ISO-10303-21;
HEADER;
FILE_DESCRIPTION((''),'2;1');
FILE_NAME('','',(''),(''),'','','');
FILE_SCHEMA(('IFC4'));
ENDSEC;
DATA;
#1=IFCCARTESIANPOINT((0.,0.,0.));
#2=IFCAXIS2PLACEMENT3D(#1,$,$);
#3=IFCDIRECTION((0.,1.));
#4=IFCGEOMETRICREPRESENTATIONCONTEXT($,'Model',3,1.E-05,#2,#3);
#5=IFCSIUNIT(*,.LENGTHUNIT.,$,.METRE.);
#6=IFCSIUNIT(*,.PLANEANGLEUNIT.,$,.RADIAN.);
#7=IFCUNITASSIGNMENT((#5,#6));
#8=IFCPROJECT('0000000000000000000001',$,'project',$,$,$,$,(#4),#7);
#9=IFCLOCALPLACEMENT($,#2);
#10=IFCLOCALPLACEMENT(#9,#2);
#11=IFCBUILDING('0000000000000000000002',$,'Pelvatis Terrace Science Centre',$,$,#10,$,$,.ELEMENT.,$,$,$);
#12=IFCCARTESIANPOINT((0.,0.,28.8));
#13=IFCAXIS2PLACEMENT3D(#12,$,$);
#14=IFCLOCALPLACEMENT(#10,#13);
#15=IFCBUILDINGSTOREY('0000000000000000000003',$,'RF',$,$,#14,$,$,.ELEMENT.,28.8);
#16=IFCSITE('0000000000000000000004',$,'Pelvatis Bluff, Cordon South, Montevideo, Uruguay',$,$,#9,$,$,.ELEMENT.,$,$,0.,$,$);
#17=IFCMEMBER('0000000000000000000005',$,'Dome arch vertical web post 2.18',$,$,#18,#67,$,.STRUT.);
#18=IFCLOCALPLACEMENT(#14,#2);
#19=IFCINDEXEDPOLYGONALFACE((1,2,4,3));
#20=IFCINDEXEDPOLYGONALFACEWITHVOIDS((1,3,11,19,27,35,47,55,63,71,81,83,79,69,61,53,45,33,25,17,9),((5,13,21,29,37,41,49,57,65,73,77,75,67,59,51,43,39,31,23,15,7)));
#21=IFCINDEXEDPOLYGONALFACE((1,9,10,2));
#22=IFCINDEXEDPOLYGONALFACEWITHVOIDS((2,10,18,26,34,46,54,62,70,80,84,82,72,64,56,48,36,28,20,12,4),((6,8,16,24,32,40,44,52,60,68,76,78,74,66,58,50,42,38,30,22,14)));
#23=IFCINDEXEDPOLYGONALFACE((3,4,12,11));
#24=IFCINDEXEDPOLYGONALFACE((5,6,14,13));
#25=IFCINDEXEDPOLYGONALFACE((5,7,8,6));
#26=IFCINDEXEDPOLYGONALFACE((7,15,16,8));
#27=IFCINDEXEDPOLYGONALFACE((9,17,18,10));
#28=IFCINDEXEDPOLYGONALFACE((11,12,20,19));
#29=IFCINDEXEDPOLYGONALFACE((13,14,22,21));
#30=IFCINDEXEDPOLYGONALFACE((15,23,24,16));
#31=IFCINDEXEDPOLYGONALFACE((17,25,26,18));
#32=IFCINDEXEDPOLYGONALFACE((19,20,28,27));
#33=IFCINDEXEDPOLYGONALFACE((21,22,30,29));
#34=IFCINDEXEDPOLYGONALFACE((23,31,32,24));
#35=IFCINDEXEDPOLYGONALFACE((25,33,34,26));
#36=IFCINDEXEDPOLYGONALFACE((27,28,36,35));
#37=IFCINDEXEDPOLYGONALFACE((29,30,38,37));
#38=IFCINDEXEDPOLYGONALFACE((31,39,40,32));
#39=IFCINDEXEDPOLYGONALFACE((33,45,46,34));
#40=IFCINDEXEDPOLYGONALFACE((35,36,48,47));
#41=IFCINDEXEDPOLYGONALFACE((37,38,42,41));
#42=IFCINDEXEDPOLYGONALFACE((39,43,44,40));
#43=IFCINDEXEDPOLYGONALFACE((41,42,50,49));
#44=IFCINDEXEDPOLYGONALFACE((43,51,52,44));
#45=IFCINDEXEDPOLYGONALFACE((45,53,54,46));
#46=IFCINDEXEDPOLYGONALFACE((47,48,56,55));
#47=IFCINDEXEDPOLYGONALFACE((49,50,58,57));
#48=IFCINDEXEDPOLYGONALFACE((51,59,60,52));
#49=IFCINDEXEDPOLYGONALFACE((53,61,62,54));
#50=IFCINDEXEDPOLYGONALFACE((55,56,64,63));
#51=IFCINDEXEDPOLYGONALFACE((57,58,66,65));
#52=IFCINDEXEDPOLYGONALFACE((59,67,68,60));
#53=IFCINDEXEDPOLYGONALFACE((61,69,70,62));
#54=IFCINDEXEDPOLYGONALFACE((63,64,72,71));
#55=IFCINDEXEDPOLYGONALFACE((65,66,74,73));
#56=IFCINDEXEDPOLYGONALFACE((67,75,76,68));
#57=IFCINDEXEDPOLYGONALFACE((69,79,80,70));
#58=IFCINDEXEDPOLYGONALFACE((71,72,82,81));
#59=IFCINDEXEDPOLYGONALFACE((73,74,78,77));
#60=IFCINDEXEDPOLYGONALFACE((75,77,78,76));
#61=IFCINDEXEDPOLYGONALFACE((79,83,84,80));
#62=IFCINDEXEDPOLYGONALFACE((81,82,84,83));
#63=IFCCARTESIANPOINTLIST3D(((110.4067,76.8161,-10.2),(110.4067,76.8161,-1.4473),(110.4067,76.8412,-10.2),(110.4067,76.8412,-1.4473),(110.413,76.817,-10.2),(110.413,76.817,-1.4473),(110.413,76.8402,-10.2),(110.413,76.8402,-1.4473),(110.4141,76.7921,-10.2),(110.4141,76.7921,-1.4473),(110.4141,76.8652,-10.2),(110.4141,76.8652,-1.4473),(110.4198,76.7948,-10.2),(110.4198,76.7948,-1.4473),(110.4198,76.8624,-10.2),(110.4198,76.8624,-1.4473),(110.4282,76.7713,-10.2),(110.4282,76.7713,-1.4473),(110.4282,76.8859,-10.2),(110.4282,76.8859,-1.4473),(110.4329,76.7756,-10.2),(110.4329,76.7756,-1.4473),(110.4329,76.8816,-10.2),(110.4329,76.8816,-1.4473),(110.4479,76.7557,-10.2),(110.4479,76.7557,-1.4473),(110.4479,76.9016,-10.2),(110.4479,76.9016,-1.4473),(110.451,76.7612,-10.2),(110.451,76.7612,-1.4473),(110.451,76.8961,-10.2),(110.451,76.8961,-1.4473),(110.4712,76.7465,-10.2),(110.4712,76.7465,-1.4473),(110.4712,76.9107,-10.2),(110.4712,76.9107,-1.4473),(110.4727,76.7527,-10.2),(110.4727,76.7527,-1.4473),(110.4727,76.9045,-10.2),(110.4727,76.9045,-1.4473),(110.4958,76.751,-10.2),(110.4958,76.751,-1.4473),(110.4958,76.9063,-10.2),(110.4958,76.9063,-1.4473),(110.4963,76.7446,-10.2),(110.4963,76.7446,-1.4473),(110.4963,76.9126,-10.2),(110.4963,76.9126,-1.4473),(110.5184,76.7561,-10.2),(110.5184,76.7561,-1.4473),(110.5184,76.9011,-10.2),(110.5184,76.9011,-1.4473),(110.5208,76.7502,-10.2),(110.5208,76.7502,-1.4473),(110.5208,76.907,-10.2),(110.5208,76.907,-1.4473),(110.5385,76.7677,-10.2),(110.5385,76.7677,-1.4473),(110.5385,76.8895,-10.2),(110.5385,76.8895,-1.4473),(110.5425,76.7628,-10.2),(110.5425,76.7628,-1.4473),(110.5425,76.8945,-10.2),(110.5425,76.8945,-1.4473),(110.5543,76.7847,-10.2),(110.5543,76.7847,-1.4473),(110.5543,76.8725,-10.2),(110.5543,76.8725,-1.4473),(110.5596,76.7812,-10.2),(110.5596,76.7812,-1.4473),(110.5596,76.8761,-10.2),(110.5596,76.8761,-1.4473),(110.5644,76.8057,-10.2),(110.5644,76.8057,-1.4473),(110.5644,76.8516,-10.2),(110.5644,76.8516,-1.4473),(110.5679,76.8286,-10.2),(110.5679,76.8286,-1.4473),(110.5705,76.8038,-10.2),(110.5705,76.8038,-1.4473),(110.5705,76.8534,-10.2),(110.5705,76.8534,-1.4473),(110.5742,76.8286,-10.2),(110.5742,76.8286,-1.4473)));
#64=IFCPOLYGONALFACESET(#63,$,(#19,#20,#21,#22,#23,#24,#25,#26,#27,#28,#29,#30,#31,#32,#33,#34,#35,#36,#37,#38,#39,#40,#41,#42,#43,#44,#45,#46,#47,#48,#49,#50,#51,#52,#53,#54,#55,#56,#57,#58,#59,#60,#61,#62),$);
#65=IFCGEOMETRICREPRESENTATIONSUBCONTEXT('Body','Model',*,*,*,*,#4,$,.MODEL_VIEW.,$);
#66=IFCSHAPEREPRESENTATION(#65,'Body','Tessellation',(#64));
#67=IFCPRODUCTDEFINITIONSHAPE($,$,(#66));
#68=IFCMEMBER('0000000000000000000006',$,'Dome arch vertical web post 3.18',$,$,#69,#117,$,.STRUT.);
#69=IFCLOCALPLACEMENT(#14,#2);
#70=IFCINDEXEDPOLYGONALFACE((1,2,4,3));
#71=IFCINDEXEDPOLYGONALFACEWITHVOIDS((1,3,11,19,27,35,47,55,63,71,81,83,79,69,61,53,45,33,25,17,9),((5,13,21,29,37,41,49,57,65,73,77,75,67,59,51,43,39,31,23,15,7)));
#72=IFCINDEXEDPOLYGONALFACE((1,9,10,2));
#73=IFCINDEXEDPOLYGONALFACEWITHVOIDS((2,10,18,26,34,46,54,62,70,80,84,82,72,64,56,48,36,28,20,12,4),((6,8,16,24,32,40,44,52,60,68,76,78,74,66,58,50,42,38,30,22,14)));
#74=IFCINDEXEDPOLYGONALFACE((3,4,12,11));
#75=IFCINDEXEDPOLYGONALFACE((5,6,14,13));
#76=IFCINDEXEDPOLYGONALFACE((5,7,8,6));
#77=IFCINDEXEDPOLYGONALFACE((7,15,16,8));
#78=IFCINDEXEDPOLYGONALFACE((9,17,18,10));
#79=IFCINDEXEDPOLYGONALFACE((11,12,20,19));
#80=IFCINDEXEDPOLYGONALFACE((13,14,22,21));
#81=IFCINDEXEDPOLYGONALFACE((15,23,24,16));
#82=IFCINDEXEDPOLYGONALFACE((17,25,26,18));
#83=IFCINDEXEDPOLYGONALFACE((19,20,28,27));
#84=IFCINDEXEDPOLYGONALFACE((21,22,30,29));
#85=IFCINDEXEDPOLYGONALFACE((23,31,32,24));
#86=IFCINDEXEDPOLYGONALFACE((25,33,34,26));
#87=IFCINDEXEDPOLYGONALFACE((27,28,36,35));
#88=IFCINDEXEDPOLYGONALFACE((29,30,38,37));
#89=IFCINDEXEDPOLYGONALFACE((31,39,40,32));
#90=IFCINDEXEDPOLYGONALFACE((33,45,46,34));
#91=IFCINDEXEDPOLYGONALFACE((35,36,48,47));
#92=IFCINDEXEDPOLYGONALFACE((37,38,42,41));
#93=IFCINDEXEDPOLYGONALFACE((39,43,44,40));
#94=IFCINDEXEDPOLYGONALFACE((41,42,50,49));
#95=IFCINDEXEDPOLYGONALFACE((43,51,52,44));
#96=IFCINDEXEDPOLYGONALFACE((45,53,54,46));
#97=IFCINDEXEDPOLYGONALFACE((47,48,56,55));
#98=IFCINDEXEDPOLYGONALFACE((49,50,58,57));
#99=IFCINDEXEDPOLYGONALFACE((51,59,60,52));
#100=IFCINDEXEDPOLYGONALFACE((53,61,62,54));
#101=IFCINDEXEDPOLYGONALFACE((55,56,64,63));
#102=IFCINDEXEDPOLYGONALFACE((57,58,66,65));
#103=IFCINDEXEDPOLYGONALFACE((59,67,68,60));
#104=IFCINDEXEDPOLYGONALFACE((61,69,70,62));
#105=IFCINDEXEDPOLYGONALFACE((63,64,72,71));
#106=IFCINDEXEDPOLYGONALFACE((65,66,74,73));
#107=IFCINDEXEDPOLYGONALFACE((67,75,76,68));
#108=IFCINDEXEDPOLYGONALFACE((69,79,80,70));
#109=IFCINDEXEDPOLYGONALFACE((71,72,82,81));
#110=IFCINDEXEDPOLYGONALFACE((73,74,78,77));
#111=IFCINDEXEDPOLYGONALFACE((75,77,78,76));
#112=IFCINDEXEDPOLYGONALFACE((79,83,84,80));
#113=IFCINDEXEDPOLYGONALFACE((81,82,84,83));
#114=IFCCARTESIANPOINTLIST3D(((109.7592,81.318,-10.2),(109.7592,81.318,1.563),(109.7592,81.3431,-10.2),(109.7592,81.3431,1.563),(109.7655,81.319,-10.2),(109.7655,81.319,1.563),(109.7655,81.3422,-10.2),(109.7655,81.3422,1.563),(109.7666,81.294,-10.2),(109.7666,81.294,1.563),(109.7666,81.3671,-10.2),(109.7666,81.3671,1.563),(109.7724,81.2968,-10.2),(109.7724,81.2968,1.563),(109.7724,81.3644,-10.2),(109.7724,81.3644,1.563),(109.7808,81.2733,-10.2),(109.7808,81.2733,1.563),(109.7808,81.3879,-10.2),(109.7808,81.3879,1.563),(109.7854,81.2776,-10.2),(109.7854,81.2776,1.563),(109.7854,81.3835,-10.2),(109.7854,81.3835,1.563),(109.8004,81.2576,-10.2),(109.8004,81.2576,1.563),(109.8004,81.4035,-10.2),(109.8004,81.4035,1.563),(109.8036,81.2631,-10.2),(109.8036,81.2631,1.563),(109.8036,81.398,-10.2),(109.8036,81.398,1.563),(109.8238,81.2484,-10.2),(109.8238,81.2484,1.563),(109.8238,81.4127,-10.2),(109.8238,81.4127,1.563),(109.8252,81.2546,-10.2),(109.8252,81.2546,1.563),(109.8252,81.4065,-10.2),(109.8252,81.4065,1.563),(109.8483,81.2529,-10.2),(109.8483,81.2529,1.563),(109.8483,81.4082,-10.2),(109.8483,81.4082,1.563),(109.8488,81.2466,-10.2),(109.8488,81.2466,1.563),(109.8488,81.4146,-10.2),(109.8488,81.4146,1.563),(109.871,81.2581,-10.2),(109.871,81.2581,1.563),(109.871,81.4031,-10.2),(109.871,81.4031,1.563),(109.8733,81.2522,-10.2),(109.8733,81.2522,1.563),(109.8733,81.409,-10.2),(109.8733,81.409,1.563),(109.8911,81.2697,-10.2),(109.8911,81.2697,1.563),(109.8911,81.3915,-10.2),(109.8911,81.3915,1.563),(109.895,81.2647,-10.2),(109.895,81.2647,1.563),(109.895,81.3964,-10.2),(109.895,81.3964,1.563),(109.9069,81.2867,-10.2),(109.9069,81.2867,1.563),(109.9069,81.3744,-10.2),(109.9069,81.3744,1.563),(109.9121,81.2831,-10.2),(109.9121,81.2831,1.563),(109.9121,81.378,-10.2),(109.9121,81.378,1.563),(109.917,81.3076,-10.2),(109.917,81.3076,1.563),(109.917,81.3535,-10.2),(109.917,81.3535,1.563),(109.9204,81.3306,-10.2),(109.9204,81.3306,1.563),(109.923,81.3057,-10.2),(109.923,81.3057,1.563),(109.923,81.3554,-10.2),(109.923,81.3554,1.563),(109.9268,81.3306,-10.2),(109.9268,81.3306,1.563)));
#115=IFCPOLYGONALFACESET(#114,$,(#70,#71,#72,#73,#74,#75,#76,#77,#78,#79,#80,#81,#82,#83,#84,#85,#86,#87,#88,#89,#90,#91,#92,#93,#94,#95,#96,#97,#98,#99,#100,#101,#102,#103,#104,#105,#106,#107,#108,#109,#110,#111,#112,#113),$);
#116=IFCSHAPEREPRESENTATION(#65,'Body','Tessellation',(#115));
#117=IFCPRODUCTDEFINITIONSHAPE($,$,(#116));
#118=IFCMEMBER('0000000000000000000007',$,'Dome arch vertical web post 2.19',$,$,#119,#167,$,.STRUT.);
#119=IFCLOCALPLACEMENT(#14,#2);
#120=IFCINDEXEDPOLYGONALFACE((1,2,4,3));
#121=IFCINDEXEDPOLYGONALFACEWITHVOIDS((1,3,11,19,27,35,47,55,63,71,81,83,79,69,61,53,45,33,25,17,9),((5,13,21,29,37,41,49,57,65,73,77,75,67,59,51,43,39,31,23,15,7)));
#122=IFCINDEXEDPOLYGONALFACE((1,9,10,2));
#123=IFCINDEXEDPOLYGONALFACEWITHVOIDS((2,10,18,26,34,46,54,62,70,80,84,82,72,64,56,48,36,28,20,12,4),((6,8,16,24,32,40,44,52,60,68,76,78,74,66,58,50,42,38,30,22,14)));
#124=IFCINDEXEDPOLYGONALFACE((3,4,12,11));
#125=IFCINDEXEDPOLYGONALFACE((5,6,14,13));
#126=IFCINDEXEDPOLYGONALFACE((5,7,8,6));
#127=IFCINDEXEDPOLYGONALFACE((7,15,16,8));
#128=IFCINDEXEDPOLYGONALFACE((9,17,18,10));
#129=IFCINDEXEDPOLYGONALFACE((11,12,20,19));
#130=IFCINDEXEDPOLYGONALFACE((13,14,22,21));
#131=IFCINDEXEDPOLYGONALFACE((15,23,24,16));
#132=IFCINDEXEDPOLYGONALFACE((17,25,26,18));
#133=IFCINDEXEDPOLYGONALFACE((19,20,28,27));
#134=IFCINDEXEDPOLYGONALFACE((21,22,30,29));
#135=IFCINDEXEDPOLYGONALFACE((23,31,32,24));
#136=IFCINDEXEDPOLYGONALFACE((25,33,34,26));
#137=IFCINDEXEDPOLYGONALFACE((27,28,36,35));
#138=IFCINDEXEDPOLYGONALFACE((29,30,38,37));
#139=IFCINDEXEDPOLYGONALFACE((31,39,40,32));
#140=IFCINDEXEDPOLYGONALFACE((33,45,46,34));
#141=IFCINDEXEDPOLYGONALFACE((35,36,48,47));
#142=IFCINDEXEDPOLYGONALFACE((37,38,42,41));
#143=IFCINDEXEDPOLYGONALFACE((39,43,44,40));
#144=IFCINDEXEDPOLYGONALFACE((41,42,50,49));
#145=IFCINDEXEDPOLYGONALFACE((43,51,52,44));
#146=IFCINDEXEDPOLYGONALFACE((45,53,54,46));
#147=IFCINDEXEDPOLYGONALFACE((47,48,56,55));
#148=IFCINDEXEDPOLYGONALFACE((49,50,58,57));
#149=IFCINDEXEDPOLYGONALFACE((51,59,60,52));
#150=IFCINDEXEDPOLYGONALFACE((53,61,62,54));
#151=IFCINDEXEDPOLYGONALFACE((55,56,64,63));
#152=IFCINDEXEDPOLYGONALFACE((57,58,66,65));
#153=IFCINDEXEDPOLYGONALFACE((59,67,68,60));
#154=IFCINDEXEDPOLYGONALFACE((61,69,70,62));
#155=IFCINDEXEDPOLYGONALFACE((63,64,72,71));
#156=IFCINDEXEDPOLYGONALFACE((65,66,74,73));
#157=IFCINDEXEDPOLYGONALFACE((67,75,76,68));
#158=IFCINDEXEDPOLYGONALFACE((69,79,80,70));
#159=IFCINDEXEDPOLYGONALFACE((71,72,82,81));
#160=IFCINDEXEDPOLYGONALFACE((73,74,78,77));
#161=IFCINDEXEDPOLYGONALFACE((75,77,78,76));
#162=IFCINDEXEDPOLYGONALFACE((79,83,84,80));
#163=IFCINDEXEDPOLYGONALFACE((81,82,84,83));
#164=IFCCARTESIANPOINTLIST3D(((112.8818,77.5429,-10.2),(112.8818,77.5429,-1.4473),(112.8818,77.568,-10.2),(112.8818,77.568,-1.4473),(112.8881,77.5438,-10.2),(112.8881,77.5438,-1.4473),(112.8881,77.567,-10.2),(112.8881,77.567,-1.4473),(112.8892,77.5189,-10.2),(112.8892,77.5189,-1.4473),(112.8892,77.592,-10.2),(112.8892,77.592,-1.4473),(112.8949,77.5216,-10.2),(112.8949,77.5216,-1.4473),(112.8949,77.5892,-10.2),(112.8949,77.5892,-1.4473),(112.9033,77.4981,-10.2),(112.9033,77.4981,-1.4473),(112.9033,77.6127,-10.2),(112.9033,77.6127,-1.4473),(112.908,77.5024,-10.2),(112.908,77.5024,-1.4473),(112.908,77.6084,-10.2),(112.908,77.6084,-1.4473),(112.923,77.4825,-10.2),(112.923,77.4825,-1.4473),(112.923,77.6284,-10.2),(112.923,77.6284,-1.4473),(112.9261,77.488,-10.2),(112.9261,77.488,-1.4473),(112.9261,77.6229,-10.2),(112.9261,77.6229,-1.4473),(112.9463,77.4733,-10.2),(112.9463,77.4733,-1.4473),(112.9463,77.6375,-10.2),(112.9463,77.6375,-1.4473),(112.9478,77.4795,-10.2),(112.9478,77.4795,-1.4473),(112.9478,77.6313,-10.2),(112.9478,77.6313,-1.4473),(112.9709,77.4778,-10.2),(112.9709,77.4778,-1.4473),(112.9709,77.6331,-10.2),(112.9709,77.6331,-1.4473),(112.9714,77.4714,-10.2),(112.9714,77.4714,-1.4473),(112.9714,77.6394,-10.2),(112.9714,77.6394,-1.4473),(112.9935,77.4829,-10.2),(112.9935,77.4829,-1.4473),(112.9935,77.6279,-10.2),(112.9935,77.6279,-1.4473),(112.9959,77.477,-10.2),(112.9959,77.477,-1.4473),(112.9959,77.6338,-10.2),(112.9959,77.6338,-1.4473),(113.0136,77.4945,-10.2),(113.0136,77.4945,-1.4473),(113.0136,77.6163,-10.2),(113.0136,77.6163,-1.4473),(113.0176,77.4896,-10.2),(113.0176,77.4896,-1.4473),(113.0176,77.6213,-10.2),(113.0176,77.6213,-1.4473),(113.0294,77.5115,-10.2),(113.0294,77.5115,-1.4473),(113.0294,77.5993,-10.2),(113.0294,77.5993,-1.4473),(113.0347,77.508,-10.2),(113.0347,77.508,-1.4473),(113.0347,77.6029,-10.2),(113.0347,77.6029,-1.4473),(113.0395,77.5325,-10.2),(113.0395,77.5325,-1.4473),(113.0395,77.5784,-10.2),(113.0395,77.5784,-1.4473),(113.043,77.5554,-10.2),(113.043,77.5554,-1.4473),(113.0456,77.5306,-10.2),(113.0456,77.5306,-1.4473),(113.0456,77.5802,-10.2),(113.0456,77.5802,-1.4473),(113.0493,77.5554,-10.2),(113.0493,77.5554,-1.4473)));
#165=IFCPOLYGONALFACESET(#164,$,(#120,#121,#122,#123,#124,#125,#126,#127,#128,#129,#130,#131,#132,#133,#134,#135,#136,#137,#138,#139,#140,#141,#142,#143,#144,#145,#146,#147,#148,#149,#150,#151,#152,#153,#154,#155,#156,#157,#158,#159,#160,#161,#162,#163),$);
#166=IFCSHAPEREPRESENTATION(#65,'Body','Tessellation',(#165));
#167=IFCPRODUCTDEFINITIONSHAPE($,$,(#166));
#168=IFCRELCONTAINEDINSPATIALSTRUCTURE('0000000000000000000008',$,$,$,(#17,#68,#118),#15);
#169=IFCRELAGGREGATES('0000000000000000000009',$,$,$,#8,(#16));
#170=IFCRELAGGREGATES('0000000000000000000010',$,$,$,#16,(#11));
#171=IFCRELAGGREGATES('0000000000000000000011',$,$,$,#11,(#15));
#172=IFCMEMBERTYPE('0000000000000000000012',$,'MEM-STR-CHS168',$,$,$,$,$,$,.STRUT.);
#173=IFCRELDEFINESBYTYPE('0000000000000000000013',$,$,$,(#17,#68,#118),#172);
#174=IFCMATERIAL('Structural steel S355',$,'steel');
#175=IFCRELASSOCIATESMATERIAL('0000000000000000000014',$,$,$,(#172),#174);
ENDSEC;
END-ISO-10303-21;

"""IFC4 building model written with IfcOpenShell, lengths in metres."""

from ifc_helpers import new_model, si_unit, direction, frame, origin, origin_2d, place, context, subcontext, project, spatial, hollow_circle, extrude, material, material_profile, profile_set, type_object, element, save


model = new_model("IFC4")

# Units and contexts
model_context = context("Model", 3, precision=1e-05, world=origin(), true_north=direction((0.0, 1.0)))
body_context = subcontext(model_context, "Body", "Model", "MODEL_VIEW")
ifc_project = project(units=[si_unit("LENGTHUNIT", "METRE"), si_unit("PLANEANGLEUNIT", "RADIAN")], contexts=[model_context])

# Site, building, storey
site_placement = place(None, origin())
site = spatial("IfcSite", under=ifc_project, at=site_placement, Name="Pelvatis Bluff, Cordon South, Montevideo, Uruguay", CompositionType="ELEMENT", RefElevation=0.0)
building_placement = place(site_placement, origin())
building = spatial("IfcBuilding", under=site, at=building_placement, Name="Pelvatis Terrace Science Centre", CompositionType="ELEMENT")
storey_placement = place(building_placement, frame((0.0, 0.0, 28.8)))
storey = spatial("IfcBuildingStorey", under=building, at=storey_placement, Name="RF", CompositionType="ELEMENT", Elevation=28.8)

# Members
ifc_material_1 = material(Name="Structural steel S355", Category="steel")
ifc_material_profile_1 = material_profile(ifc_material_1, hollow_circle(Radius=0.0842, WallThickness=0.0063, at=origin_2d()), Name="CHS 168.3x6.3")
ifc_profile_set_1 = profile_set([ifc_material_profile_1], Name="Structural steel S355")
member_type_1 = type_object("IfcMemberType", Name="MEM-STR-CHS168", PredefinedType="STRUT", material=ifc_profile_set_1)
member_1_placement = place(storey_placement, frame((110.49, 76.8286, -10.2), z_axis=(0.0, 0.0, 1.0), x_axis=(1.0, 0.0, 0.0)))
element("IfcMember", 1, at=member_1_placement, inside=storey, type_object=member_type_1, Name="Dome arch vertical web post 2.18", PredefinedType="STRUT", context=body_context, shape_type="SweptSolid", body=[
    extrude(hollow_circle(Radius=0.0842, WallThickness=0.0063, at=origin_2d()), origin(), (0.0, 0.0, 1.0), 8.7527),
])
member_2_placement = place(storey_placement, frame((109.8425, 81.3306, -10.2), z_axis=(0.0, 0.0, 1.0), x_axis=(1.0, 0.0, 0.0)))
element("IfcMember", 2, at=member_2_placement, inside=storey, type_object=member_type_1, Name="Dome arch vertical web post 3.18", PredefinedType="STRUT", context=body_context, shape_type="SweptSolid", body=[
    extrude(hollow_circle(Radius=0.0842, WallThickness=0.0063, at=origin_2d()), origin(), (0.0, 0.0, 1.0), 11.7629),
])
member_3_placement = place(storey_placement, frame((112.9651, 77.5554, -10.2), z_axis=(0.0, 0.0, 1.0), x_axis=(1.0, 0.0, 0.0)))
element("IfcMember", 3, at=member_3_placement, inside=storey, type_object=member_type_1, Name="Dome arch vertical web post 2.19", PredefinedType="STRUT", context=body_context, shape_type="SweptSolid", body=[
    extrude(hollow_circle(Radius=0.0842, WallThickness=0.0063, at=origin_2d()), origin(), (0.0, 0.0, 1.0), 8.7527),
])

save(model, "model.ifc")
